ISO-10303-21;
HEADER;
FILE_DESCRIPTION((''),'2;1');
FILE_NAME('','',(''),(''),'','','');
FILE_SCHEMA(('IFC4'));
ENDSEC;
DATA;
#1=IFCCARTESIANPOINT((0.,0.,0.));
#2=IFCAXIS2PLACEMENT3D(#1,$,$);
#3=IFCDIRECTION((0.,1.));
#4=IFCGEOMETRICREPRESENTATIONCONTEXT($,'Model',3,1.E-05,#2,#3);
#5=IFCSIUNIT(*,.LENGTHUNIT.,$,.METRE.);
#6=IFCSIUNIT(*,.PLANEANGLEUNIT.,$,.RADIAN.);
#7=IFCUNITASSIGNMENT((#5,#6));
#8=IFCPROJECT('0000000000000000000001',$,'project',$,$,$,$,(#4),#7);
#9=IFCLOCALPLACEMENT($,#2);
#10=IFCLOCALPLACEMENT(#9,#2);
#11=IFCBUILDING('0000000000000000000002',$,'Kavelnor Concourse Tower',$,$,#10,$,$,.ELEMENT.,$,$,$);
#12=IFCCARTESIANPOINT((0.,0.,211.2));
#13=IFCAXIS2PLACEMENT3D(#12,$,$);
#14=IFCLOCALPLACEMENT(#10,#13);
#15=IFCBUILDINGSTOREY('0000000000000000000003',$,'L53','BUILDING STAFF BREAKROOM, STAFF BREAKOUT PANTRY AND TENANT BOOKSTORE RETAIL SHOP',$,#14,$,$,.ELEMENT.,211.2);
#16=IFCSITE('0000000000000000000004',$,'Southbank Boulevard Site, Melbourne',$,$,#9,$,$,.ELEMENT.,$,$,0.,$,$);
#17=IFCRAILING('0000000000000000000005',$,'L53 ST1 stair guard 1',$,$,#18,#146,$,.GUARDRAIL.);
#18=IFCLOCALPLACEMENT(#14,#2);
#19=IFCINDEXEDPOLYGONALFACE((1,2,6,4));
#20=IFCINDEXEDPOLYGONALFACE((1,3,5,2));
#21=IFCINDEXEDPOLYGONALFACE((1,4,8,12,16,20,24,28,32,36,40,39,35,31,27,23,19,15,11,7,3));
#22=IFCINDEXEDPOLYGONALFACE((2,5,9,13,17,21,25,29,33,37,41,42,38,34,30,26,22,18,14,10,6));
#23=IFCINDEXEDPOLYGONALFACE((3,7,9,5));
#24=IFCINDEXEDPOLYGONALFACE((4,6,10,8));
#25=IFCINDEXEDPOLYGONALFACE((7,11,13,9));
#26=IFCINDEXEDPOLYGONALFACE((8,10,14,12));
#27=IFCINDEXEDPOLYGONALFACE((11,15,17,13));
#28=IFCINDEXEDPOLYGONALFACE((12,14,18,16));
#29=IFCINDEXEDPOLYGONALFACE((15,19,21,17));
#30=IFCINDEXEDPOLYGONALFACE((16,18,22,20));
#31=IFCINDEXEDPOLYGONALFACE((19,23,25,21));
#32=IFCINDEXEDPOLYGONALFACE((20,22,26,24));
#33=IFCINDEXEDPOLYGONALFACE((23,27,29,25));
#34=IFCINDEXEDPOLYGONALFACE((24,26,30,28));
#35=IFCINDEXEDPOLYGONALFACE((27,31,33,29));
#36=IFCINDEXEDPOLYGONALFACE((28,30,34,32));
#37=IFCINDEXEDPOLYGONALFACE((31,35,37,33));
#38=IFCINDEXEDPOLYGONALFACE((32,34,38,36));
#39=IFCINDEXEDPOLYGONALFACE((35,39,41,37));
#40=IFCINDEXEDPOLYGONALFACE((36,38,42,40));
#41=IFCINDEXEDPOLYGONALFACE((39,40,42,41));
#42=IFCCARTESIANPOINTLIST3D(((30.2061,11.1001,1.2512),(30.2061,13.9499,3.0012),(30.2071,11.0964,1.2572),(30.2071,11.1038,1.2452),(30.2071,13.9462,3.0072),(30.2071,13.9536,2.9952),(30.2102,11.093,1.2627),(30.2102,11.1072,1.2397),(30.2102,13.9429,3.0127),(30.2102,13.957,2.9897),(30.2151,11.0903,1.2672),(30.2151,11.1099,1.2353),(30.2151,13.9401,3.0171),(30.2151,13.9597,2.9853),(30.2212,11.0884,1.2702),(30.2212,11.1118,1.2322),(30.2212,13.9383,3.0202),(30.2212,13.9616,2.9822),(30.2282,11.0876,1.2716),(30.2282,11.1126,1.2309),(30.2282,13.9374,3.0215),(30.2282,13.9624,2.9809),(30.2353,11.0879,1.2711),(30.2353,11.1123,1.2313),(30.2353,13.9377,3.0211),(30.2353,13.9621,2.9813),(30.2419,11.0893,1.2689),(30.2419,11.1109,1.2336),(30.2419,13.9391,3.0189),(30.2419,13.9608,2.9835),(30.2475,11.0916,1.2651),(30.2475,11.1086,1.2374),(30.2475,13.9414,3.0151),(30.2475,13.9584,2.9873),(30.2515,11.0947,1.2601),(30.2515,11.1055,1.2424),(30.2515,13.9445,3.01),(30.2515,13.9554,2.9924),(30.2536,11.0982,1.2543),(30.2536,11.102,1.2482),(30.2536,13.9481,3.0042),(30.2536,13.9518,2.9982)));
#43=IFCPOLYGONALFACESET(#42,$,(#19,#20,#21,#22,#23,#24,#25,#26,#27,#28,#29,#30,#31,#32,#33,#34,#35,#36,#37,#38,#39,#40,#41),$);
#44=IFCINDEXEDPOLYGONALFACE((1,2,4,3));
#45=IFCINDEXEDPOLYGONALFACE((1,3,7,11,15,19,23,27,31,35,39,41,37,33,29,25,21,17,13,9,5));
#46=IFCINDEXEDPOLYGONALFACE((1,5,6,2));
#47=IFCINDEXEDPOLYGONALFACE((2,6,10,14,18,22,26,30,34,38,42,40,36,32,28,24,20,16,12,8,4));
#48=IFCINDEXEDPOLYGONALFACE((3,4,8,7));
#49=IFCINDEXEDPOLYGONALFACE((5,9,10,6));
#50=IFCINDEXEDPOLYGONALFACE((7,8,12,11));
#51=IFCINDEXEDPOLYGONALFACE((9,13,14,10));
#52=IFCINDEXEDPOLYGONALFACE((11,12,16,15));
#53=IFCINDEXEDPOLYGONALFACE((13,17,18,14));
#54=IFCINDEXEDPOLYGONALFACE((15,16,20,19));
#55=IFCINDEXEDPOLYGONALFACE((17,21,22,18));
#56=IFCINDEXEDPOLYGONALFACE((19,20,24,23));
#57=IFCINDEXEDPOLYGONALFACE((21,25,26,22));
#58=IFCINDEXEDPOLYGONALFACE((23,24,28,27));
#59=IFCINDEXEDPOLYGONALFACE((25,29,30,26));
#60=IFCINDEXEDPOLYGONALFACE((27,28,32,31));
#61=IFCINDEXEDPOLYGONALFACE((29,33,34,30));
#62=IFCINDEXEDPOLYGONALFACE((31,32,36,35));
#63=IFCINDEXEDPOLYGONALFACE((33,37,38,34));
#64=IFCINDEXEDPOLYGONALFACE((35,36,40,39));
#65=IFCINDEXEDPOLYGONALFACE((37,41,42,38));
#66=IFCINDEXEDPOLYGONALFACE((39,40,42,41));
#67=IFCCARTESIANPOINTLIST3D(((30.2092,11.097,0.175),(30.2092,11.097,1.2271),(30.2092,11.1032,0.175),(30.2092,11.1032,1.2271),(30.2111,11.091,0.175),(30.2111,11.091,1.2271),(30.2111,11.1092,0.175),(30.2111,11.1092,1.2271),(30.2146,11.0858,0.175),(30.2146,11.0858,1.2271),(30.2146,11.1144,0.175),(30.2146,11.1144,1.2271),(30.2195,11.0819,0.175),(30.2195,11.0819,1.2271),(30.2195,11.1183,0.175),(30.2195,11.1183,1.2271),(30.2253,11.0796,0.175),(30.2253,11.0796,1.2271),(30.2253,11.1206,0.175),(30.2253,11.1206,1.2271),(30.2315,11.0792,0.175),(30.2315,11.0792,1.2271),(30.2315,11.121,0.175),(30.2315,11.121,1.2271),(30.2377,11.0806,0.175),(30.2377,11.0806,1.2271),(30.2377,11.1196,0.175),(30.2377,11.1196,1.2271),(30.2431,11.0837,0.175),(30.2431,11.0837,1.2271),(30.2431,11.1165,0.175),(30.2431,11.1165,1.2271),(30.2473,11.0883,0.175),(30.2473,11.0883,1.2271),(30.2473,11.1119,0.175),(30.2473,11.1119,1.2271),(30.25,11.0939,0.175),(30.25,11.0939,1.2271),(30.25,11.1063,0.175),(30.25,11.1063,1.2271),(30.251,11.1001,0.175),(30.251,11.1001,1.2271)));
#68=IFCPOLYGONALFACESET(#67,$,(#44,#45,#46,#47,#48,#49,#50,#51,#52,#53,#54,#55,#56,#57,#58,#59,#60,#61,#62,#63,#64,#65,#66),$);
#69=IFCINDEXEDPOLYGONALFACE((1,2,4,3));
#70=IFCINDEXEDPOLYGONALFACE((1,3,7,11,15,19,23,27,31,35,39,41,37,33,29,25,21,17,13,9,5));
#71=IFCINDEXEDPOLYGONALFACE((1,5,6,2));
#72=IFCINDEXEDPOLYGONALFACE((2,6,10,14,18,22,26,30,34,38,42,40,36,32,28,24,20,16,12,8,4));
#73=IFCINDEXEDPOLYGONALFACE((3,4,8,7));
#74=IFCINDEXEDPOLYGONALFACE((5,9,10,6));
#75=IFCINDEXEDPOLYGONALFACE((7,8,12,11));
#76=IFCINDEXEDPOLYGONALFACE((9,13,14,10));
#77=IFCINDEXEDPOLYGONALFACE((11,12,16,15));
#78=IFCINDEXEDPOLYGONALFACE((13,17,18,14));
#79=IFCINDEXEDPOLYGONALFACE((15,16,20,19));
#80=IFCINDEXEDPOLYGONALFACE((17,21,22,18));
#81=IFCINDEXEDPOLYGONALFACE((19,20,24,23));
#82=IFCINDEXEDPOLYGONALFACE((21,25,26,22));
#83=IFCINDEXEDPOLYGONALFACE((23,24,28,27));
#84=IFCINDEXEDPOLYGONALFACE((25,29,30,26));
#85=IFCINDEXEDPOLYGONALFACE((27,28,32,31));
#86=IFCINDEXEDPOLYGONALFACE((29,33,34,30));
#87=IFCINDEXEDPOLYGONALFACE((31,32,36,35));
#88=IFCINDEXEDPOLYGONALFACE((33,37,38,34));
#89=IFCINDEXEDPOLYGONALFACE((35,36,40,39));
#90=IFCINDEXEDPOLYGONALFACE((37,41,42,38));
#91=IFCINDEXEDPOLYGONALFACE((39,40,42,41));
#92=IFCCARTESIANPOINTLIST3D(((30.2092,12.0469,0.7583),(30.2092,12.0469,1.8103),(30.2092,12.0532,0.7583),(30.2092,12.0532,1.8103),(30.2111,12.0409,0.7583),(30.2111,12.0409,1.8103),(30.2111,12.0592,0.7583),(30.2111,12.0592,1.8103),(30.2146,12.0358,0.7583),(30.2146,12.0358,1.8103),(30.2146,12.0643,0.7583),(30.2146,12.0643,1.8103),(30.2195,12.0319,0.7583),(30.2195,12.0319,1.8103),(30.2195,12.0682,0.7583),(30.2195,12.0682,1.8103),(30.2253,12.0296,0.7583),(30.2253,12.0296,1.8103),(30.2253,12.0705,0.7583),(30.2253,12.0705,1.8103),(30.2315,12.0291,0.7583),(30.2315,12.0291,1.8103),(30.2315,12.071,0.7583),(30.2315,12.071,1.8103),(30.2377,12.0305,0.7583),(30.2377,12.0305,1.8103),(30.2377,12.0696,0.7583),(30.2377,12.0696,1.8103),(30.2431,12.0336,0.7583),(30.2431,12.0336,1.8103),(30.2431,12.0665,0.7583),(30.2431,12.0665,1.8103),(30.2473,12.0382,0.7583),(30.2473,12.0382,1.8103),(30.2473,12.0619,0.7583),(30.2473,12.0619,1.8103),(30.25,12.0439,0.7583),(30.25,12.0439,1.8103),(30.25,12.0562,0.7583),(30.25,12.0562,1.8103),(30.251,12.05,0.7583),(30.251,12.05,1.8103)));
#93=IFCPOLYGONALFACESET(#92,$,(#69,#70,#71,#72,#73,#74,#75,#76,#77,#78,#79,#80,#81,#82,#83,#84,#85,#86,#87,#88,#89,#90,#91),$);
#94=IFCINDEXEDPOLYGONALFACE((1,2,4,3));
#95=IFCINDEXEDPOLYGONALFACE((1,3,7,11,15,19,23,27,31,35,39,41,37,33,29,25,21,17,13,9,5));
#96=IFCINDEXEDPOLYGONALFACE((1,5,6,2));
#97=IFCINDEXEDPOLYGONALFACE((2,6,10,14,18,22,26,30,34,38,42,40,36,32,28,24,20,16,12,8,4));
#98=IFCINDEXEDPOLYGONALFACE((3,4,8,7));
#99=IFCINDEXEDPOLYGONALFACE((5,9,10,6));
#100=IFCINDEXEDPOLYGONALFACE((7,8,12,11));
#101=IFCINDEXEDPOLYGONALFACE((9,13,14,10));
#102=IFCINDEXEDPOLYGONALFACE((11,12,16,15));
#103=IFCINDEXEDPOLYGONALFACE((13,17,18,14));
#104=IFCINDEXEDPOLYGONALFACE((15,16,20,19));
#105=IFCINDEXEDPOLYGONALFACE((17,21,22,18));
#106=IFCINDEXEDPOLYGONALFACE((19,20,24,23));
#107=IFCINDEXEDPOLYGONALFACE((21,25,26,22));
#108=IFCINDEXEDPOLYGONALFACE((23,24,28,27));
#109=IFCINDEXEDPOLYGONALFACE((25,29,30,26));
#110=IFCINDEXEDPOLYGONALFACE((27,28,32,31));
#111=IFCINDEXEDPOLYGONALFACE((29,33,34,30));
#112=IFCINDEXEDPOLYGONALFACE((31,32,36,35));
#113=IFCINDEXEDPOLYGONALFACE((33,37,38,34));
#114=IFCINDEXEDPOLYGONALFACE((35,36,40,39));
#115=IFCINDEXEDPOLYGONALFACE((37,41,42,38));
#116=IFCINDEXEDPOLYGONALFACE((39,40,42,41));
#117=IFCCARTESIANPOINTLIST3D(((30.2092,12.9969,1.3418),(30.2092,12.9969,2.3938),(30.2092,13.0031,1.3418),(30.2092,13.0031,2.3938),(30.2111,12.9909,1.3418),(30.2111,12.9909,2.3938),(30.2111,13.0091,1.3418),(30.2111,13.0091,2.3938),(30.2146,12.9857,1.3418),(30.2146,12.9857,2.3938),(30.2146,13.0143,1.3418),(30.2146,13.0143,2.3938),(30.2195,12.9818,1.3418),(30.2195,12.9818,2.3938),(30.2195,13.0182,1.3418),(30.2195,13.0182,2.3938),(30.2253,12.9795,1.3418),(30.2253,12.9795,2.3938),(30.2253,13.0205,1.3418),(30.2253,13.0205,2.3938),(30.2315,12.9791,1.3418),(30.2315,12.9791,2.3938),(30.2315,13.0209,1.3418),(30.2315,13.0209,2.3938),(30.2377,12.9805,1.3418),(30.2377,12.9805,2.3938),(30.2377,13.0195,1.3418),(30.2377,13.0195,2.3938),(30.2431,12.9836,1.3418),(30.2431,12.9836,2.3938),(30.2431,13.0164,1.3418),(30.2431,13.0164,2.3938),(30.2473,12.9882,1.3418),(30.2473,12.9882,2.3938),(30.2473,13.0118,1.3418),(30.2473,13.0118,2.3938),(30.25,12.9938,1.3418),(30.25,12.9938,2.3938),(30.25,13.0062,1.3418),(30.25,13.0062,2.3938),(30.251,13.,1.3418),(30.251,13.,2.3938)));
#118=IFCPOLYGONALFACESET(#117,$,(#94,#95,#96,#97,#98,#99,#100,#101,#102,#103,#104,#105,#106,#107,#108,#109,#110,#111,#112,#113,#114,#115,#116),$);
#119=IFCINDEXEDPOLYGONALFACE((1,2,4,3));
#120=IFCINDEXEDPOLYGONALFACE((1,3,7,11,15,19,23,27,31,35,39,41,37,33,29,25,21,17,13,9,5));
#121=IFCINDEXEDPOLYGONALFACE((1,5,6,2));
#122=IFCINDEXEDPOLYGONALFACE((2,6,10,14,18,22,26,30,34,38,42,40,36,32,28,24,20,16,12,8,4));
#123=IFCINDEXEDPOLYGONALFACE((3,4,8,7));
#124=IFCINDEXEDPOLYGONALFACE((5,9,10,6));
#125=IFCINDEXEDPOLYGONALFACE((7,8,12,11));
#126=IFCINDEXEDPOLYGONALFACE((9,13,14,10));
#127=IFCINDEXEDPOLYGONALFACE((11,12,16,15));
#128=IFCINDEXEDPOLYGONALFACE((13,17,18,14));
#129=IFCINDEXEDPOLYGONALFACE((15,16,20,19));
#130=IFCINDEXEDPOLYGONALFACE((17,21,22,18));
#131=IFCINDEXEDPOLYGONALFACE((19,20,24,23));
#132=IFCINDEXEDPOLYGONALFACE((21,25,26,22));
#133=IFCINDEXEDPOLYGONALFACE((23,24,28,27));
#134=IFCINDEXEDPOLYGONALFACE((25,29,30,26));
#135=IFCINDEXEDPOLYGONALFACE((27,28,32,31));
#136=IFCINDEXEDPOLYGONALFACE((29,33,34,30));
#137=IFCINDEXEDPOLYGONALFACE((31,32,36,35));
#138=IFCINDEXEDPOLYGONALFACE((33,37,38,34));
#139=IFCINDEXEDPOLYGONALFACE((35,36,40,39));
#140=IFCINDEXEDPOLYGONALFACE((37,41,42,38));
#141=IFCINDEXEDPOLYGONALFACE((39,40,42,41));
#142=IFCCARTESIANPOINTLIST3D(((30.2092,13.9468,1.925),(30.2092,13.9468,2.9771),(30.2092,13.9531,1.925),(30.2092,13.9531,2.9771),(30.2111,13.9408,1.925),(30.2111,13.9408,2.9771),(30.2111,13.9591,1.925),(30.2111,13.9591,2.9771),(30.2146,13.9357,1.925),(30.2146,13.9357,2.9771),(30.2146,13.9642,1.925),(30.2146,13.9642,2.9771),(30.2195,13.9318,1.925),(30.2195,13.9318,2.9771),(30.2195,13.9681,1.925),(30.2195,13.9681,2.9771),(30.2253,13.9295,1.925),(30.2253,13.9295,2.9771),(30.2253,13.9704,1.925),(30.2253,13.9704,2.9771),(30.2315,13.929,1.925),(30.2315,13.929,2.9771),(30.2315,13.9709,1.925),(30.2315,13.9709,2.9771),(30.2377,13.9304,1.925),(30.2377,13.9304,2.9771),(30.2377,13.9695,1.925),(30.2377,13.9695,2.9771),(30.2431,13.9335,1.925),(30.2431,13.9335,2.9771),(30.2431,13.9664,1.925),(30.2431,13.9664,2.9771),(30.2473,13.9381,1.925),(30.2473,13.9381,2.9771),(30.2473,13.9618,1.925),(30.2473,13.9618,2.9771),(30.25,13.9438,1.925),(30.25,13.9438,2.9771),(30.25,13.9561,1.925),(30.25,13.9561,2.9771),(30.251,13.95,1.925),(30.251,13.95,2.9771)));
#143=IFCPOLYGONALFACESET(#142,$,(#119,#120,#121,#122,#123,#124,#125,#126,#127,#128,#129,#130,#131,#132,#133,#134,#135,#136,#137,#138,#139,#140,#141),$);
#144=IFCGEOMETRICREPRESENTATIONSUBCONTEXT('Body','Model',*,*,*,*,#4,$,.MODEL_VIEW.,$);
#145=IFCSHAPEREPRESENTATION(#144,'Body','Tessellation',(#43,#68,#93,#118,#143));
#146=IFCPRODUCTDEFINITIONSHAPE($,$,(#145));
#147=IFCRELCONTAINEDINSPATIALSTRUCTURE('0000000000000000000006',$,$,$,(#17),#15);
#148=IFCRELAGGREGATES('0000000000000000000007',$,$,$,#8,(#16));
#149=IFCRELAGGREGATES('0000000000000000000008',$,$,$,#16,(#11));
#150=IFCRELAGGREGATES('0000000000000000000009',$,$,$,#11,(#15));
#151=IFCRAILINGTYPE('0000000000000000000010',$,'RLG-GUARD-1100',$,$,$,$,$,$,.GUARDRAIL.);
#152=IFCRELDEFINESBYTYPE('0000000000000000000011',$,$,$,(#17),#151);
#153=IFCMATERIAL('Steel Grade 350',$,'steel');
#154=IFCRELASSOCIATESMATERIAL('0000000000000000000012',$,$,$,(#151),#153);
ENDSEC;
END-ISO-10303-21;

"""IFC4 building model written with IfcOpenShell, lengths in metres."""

from ifc_helpers import new_model, si_unit, direction, frame, origin, origin_2d, place, context, subcontext, project, spatial, circle, extrude, material, type_object, element, save


model = new_model("IFC4")

# Units and contexts
model_context = context("Model", 3, precision=1e-05, world=origin(), true_north=direction((0.0, 1.0)))
body_context = subcontext(model_context, "Body", "Model", "MODEL_VIEW")
ifc_project = project(units=[si_unit("LENGTHUNIT", "METRE"), si_unit("PLANEANGLEUNIT", "RADIAN")], contexts=[model_context])

# Site, building, storey
site_placement = place(None, origin())
site = spatial("IfcSite", under=ifc_project, at=site_placement, Name="Southbank Boulevard Site, Melbourne", CompositionType="ELEMENT", RefElevation=0.0)
building_placement = place(site_placement, origin())
building = spatial("IfcBuilding", under=site, at=building_placement, Name="Kavelnor Concourse Tower", CompositionType="ELEMENT")
storey_placement = place(building_placement, frame((0.0, 0.0, 211.2)))
storey = spatial("IfcBuildingStorey", under=building, at=storey_placement, Name="L53", Description="BUILDING STAFF BREAKROOM, STAFF BREAKOUT PANTRY AND TENANT BOOKSTORE RETAIL SHOP", CompositionType="ELEMENT", Elevation=211.2)

# Shared definitions
ifc_material_1 = material(Name="Steel Grade 350", Category="steel")

# Railing
railing_type_1 = type_object("IfcRailingType", Name="RLG-GUARD-1100", PredefinedType="GUARDRAIL", material=ifc_material_1)
railing_1_placement = place(storey_placement, frame((30.23, 11.1001, 0.175)))
element("IfcRailing", 1, at=railing_1_placement, inside=storey, type_object=railing_type_1, Name="L53 ST1 stair guard 1", PredefinedType="GUARDRAIL", context=body_context, shape_type="SweptSolid", body=[
    extrude(circle(Radius=0.0239, at=origin_2d()), frame((0.0, 0.0, 1.0762), z_axis=(0.0, 0.852159, 0.523283), x_axis=(-1.0, 0.0, 0.0)), (0.0, 0.0, 1.0), 3.3442),
    extrude(circle(Radius=0.021, at=origin_2d()), origin(), (0.0, 0.0, 1.0), 1.052),
    extrude(circle(Radius=0.021, at=origin_2d()), frame((0.0, 0.95, 0.5833)), (0.0, 0.0, 1.0), 1.052),
    extrude(circle(Radius=0.021, at=origin_2d()), frame((0.0, 1.8999, 1.1667)), (0.0, 0.0, 1.0), 1.052),
    extrude(circle(Radius=0.021, at=origin_2d()), frame((0.0, 2.8499, 1.75)), (0.0, 0.0, 1.0), 1.052),
])

save(model, "model.ifc")
